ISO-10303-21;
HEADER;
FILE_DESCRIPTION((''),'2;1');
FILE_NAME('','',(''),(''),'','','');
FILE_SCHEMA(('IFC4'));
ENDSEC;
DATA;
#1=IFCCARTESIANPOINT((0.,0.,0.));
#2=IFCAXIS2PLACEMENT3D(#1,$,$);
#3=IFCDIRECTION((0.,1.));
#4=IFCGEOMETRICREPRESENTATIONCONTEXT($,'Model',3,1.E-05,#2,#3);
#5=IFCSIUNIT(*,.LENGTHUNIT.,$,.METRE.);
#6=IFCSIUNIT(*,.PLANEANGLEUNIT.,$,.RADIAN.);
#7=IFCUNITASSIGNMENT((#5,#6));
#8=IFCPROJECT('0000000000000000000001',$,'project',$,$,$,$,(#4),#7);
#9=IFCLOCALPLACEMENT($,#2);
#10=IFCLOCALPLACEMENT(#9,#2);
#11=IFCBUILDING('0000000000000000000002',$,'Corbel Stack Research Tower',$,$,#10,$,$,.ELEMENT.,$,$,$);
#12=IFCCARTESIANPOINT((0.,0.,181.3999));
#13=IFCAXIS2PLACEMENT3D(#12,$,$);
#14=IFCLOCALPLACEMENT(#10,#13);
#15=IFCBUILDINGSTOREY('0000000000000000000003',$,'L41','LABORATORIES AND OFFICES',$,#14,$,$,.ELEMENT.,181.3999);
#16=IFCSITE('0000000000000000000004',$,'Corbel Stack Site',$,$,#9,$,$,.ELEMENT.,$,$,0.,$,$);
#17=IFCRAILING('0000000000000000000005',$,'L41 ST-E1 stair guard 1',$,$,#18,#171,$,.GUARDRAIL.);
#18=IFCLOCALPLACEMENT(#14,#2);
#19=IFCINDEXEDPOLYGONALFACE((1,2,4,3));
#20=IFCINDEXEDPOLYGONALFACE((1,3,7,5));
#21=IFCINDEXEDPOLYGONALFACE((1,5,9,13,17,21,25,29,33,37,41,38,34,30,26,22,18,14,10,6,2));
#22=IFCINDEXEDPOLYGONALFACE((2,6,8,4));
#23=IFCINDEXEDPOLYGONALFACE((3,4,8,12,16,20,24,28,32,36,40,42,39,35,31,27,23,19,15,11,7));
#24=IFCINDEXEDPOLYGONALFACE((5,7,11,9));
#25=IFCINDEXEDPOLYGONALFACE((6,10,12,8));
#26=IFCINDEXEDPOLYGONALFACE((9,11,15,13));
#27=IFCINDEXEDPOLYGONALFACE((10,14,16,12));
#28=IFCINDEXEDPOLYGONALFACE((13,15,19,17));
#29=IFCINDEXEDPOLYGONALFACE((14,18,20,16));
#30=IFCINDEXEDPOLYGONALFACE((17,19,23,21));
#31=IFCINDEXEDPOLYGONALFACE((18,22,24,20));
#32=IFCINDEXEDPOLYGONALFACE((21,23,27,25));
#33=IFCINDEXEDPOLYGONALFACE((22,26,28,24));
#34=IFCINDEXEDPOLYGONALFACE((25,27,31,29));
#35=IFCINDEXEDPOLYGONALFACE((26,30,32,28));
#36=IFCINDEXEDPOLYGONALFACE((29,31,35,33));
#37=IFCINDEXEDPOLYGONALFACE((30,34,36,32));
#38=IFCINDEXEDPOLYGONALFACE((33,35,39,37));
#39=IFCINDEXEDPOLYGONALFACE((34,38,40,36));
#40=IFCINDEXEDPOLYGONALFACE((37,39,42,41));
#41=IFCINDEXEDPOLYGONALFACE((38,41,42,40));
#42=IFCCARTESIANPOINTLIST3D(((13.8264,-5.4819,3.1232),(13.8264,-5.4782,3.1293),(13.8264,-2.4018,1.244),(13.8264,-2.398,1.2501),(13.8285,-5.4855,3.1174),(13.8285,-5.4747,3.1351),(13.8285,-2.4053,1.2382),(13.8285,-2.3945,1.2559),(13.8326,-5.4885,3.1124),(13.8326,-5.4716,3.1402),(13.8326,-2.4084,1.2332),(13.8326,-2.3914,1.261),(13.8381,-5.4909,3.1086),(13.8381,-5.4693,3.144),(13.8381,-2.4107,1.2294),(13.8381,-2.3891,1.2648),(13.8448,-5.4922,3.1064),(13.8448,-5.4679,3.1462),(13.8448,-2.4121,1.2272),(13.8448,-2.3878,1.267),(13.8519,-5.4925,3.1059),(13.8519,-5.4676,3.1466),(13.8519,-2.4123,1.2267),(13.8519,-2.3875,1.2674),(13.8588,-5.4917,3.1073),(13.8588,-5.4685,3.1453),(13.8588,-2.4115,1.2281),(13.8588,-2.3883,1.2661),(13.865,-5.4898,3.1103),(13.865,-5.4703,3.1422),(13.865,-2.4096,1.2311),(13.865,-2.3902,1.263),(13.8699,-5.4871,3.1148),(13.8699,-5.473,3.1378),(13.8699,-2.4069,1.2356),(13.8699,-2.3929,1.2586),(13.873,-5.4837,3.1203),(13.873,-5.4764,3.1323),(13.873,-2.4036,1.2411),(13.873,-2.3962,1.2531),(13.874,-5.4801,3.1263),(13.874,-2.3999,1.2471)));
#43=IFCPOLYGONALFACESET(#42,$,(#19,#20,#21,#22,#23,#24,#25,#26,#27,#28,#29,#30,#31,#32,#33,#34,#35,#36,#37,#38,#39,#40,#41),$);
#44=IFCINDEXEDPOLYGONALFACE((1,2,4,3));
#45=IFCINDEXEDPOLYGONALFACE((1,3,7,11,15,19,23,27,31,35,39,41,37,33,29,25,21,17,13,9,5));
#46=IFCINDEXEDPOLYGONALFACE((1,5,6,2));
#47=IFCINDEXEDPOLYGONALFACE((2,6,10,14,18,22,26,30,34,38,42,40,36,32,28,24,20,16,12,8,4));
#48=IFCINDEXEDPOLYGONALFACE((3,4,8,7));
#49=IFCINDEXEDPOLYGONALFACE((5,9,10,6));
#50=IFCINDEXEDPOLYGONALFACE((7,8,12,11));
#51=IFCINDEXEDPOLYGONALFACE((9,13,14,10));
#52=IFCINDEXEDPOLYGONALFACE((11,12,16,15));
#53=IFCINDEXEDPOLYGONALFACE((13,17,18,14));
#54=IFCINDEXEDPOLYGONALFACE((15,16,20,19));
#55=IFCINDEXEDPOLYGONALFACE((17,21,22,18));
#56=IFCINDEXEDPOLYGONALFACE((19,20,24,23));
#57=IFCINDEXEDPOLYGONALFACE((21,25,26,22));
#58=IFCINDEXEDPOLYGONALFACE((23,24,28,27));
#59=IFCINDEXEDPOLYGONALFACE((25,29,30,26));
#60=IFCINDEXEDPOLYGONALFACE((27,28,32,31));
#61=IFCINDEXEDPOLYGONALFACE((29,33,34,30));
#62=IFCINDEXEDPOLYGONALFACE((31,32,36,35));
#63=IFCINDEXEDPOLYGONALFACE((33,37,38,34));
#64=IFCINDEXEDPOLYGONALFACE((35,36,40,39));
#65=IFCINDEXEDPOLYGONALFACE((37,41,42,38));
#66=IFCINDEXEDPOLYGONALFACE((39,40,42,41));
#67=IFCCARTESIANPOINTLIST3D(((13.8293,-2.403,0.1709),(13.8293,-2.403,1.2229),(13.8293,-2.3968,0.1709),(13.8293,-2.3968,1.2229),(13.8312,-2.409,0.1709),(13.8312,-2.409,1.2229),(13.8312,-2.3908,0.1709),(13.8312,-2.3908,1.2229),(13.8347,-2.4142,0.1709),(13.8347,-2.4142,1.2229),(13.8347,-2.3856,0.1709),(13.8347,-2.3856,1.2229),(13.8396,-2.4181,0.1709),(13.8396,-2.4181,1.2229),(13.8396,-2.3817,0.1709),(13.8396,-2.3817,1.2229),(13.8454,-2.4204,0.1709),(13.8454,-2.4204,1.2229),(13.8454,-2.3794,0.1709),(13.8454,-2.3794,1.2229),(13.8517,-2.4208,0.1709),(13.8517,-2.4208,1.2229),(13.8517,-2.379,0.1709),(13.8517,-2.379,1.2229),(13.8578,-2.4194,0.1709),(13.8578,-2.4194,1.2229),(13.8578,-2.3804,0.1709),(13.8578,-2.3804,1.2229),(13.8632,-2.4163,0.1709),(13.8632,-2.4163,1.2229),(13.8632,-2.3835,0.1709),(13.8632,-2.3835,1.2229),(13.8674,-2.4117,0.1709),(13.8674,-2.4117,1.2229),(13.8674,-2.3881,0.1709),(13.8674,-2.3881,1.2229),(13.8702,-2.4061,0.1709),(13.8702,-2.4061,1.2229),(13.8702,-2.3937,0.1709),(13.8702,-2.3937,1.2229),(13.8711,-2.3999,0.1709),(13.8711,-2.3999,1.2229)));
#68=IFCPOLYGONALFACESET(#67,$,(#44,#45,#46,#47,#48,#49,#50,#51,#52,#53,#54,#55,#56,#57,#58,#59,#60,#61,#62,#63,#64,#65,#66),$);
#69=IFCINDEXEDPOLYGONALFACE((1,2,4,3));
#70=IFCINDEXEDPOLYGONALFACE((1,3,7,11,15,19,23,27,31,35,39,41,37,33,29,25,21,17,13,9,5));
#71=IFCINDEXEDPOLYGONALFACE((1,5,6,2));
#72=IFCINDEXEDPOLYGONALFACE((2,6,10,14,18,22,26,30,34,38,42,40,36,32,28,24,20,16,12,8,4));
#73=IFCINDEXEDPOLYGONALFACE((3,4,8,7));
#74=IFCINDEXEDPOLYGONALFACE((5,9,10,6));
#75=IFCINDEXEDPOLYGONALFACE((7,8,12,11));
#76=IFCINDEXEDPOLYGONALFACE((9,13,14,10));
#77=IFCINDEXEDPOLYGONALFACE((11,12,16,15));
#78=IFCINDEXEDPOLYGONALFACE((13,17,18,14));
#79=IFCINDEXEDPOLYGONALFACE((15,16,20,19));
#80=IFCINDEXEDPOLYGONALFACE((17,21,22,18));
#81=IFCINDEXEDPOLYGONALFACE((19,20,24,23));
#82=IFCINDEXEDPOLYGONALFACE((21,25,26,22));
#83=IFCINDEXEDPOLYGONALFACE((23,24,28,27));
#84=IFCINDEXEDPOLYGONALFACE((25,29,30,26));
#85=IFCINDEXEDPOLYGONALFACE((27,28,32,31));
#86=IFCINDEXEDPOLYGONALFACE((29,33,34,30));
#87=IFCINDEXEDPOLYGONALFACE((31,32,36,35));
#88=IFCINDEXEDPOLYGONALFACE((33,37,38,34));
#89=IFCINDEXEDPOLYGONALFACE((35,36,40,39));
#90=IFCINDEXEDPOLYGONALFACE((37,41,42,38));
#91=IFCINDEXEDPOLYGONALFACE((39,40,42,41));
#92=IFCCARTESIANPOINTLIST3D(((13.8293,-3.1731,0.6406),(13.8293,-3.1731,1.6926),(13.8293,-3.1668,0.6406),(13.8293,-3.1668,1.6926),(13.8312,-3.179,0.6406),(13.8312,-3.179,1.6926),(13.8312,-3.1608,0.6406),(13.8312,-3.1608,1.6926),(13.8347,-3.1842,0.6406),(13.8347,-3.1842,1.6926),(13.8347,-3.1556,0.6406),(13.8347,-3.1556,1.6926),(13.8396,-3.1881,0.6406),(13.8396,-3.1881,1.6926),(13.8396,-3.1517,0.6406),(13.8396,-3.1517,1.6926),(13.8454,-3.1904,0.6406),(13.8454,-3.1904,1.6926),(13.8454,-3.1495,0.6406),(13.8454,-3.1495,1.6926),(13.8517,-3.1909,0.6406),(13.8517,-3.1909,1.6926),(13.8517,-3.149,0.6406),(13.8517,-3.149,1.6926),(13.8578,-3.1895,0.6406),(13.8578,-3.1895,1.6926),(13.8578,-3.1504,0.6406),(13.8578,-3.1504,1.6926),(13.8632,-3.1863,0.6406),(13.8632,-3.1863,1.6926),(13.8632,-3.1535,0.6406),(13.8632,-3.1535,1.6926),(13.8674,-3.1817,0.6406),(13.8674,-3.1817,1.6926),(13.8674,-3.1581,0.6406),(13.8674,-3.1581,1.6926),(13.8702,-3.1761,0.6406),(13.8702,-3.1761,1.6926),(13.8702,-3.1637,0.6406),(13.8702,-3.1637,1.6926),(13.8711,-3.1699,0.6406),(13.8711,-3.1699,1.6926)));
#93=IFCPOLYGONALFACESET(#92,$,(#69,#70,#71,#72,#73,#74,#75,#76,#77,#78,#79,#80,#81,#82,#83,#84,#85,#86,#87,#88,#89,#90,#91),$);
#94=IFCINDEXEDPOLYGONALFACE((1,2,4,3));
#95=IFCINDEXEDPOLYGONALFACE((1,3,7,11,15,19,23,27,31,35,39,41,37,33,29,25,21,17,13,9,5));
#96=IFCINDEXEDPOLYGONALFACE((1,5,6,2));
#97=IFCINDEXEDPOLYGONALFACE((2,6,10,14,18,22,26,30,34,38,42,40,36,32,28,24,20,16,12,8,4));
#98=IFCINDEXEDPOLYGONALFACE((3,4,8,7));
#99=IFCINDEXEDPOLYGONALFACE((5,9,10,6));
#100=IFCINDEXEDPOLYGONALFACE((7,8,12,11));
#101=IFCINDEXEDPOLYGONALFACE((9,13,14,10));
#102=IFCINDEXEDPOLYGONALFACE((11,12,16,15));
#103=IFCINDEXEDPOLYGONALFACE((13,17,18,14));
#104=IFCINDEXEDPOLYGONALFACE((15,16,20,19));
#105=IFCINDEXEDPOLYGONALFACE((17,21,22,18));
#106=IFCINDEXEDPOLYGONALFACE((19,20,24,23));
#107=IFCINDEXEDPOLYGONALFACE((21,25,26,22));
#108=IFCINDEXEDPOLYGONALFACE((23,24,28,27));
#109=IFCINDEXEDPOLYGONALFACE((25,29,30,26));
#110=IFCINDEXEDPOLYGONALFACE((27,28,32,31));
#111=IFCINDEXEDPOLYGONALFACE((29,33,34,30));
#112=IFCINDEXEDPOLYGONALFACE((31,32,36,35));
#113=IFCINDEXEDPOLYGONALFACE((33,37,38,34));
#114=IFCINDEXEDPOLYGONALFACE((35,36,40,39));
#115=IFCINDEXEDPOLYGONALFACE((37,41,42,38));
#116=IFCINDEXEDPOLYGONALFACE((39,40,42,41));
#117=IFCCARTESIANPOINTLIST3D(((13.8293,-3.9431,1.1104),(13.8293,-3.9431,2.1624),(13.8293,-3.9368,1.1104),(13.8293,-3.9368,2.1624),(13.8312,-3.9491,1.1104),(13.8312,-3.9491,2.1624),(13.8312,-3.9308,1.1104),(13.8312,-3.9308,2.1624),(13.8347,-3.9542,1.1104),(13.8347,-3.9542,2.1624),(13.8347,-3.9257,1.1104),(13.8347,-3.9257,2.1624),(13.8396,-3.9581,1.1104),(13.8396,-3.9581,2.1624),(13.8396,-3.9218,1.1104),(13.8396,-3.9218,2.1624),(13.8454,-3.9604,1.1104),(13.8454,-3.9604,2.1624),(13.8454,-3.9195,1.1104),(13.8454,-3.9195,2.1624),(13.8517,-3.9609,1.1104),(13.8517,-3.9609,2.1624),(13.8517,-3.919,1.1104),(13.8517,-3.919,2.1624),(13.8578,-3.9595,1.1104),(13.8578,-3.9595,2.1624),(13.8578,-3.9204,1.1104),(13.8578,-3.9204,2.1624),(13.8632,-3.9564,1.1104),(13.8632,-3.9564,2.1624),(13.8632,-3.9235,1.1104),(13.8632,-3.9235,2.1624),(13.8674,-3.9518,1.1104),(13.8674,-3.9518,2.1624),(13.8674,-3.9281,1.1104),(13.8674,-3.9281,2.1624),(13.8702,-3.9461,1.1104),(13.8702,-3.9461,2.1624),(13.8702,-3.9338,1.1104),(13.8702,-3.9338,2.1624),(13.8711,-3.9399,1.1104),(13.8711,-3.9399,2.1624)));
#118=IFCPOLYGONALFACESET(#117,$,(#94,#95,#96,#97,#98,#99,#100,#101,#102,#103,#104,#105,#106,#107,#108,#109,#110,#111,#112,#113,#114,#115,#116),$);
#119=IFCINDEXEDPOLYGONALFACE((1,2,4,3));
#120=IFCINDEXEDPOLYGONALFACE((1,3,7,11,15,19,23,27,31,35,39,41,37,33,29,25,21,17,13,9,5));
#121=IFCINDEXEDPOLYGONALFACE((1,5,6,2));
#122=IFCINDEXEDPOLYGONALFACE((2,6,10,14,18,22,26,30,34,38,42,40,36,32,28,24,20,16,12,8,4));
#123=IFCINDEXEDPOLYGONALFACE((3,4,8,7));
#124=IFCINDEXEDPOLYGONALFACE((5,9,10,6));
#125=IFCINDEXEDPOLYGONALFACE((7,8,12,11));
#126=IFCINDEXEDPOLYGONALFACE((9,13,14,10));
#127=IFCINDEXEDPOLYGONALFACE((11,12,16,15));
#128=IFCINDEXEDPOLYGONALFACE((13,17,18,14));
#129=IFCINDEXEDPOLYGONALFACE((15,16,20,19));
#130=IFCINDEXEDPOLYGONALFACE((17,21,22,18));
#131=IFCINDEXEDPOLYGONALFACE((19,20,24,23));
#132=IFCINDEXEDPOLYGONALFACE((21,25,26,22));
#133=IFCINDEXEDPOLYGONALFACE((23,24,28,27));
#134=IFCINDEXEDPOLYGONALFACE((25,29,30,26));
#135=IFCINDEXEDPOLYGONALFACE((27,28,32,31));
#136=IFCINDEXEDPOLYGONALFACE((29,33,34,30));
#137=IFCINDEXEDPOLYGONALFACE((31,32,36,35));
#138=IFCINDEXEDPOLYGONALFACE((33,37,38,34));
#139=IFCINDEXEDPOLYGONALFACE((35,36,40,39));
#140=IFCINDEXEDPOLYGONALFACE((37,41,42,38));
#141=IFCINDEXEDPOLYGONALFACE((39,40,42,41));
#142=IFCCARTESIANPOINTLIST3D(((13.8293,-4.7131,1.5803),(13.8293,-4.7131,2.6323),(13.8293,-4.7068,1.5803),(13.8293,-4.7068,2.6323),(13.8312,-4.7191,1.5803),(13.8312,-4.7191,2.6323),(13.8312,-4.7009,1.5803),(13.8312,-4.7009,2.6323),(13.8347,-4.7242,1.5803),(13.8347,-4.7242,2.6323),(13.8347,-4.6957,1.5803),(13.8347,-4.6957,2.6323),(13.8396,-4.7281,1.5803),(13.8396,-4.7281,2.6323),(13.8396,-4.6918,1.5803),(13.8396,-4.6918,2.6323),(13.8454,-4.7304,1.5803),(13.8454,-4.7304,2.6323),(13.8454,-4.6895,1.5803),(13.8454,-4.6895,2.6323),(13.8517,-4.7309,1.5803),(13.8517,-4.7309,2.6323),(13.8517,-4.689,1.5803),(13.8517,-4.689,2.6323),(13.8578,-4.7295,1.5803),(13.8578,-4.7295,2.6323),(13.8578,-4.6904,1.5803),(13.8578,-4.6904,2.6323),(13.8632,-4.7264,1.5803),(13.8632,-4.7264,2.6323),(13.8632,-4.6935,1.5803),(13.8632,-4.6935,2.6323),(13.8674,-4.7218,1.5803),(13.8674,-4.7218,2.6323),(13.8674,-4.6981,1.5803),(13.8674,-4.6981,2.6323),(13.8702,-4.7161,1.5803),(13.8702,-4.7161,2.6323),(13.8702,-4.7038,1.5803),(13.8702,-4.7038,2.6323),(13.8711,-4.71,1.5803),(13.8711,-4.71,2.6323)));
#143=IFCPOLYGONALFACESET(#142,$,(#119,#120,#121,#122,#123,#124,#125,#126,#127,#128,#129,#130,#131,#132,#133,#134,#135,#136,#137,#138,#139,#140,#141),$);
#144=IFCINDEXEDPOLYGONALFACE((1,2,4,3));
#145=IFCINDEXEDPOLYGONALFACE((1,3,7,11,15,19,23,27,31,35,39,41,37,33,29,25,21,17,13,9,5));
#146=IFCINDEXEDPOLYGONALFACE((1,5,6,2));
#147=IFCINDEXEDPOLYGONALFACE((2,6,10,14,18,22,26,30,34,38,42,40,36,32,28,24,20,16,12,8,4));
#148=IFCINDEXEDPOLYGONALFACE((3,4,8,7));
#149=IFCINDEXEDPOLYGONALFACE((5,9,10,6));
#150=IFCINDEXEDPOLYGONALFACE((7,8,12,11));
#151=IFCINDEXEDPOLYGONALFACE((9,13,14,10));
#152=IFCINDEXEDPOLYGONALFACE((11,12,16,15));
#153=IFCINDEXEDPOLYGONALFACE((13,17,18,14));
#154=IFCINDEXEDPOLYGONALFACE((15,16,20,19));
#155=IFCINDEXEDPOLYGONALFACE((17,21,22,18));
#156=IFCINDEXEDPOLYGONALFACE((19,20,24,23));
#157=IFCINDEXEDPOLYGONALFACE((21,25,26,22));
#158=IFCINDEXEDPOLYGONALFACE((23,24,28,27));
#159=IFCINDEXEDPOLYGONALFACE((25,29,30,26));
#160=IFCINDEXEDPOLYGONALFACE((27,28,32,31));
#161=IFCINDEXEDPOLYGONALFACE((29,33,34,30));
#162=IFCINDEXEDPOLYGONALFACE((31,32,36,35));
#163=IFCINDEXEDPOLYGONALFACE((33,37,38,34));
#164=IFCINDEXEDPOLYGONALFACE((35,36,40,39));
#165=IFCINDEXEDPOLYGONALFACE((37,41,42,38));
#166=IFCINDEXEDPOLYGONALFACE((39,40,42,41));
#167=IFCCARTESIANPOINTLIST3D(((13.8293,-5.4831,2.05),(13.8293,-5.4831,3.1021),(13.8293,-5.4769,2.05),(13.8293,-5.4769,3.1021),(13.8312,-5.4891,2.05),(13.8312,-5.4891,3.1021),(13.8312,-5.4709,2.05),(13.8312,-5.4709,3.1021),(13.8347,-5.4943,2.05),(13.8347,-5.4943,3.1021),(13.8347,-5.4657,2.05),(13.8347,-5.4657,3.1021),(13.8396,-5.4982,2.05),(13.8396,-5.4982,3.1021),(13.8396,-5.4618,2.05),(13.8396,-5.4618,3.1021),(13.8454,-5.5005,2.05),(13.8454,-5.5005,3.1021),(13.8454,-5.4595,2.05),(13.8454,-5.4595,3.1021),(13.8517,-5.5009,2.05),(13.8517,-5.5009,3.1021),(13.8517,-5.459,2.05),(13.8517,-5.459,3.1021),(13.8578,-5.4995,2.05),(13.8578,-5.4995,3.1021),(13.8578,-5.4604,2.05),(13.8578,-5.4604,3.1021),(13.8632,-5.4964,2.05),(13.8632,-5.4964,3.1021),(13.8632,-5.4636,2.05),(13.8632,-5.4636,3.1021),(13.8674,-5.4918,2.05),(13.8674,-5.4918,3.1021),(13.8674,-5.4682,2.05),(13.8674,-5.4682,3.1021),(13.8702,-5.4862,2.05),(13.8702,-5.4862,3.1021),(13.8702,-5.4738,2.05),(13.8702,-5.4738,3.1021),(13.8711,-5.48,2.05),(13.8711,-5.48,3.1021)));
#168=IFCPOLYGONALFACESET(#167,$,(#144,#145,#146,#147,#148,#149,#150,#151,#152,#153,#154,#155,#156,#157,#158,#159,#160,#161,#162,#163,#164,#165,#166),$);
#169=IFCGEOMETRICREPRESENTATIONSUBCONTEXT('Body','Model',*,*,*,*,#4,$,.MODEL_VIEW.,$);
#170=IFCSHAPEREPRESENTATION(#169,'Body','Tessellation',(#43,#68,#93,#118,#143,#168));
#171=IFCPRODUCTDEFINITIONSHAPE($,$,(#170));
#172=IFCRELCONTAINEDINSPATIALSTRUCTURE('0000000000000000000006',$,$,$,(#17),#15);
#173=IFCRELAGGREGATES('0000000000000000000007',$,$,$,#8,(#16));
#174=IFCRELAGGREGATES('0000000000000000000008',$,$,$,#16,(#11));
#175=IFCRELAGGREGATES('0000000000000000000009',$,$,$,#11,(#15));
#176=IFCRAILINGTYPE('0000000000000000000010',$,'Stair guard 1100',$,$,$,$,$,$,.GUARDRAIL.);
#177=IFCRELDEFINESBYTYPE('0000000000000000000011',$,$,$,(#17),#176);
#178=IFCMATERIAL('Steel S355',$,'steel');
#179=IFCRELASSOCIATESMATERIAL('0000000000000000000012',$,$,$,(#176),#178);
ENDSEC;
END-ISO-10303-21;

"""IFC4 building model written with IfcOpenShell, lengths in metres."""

from ifc_helpers import new_model, si_unit, direction, frame, origin, origin_2d, place, context, subcontext, project, spatial, circle, extrude, material, type_object, element, save


model = new_model("IFC4")

# Units and contexts
model_context = context("Model", 3, precision=1e-05, world=origin(), true_north=direction((0.0, 1.0)))
body_context = subcontext(model_context, "Body", "Model", "MODEL_VIEW")
ifc_project = project(units=[si_unit("LENGTHUNIT", "METRE"), si_unit("PLANEANGLEUNIT", "RADIAN")], contexts=[model_context])

# Site, building, storey
site_placement = place(None, origin())
site = spatial("IfcSite", under=ifc_project, at=site_placement, Name="Corbel Stack Site", CompositionType="ELEMENT", RefElevation=0.0)
building_placement = place(site_placement, origin())
building = spatial("IfcBuilding", under=site, at=building_placement, Name="Corbel Stack Research Tower", CompositionType="ELEMENT")
storey_placement = place(building_placement, frame((0.0, 0.0, 181.3999)))
storey = spatial("IfcBuildingStorey", under=building, at=storey_placement, Name="L41", Description="LABORATORIES AND OFFICES", CompositionType="ELEMENT", Elevation=181.3999)

# Railing
ifc_material_1 = material(Name="Steel S355", Category="steel")
railing_type_1 = type_object("IfcRailingType", Name="Stair guard 1100", PredefinedType="GUARDRAIL", material=ifc_material_1)
railing_1_placement = place(storey_placement, frame((13.8501, -2.3999, 0.1709)))
element("IfcRailing", 1, at=railing_1_placement, inside=storey, type_object=railing_type_1, Name="L41 ST-E1 stair guard 1", PredefinedType="GUARDRAIL", context=body_context, shape_type="SweptSolid", body=[
    extrude(circle(Radius=0.0239, at=origin_2d()), frame((0.0, 0.0, 1.0762), z_axis=(0.0, -0.853666, 0.52082), x_axis=(1.0, 0.0, 0.0)), (0.0, 0.0, 1.0), 3.6082),
    extrude(circle(Radius=0.021, at=origin_2d()), origin(), (0.0, 0.0, 1.0), 1.052),
    extrude(circle(Radius=0.021, at=origin_2d()), frame((0.0, -0.77, 0.4697)), (0.0, 0.0, 1.0), 1.052),
    extrude(circle(Radius=0.021, at=origin_2d()), frame((0.0, -1.54, 0.9395)), (0.0, 0.0, 1.0), 1.052),
    extrude(circle(Radius=0.021, at=origin_2d()), frame((0.0, -2.3101, 1.4094)), (0.0, 0.0, 1.0), 1.052),
    extrude(circle(Radius=0.021, at=origin_2d()), frame((0.0, -3.0801, 1.8792)), (0.0, 0.0, 1.0), 1.052),
])

save(model, "model.ifc")
